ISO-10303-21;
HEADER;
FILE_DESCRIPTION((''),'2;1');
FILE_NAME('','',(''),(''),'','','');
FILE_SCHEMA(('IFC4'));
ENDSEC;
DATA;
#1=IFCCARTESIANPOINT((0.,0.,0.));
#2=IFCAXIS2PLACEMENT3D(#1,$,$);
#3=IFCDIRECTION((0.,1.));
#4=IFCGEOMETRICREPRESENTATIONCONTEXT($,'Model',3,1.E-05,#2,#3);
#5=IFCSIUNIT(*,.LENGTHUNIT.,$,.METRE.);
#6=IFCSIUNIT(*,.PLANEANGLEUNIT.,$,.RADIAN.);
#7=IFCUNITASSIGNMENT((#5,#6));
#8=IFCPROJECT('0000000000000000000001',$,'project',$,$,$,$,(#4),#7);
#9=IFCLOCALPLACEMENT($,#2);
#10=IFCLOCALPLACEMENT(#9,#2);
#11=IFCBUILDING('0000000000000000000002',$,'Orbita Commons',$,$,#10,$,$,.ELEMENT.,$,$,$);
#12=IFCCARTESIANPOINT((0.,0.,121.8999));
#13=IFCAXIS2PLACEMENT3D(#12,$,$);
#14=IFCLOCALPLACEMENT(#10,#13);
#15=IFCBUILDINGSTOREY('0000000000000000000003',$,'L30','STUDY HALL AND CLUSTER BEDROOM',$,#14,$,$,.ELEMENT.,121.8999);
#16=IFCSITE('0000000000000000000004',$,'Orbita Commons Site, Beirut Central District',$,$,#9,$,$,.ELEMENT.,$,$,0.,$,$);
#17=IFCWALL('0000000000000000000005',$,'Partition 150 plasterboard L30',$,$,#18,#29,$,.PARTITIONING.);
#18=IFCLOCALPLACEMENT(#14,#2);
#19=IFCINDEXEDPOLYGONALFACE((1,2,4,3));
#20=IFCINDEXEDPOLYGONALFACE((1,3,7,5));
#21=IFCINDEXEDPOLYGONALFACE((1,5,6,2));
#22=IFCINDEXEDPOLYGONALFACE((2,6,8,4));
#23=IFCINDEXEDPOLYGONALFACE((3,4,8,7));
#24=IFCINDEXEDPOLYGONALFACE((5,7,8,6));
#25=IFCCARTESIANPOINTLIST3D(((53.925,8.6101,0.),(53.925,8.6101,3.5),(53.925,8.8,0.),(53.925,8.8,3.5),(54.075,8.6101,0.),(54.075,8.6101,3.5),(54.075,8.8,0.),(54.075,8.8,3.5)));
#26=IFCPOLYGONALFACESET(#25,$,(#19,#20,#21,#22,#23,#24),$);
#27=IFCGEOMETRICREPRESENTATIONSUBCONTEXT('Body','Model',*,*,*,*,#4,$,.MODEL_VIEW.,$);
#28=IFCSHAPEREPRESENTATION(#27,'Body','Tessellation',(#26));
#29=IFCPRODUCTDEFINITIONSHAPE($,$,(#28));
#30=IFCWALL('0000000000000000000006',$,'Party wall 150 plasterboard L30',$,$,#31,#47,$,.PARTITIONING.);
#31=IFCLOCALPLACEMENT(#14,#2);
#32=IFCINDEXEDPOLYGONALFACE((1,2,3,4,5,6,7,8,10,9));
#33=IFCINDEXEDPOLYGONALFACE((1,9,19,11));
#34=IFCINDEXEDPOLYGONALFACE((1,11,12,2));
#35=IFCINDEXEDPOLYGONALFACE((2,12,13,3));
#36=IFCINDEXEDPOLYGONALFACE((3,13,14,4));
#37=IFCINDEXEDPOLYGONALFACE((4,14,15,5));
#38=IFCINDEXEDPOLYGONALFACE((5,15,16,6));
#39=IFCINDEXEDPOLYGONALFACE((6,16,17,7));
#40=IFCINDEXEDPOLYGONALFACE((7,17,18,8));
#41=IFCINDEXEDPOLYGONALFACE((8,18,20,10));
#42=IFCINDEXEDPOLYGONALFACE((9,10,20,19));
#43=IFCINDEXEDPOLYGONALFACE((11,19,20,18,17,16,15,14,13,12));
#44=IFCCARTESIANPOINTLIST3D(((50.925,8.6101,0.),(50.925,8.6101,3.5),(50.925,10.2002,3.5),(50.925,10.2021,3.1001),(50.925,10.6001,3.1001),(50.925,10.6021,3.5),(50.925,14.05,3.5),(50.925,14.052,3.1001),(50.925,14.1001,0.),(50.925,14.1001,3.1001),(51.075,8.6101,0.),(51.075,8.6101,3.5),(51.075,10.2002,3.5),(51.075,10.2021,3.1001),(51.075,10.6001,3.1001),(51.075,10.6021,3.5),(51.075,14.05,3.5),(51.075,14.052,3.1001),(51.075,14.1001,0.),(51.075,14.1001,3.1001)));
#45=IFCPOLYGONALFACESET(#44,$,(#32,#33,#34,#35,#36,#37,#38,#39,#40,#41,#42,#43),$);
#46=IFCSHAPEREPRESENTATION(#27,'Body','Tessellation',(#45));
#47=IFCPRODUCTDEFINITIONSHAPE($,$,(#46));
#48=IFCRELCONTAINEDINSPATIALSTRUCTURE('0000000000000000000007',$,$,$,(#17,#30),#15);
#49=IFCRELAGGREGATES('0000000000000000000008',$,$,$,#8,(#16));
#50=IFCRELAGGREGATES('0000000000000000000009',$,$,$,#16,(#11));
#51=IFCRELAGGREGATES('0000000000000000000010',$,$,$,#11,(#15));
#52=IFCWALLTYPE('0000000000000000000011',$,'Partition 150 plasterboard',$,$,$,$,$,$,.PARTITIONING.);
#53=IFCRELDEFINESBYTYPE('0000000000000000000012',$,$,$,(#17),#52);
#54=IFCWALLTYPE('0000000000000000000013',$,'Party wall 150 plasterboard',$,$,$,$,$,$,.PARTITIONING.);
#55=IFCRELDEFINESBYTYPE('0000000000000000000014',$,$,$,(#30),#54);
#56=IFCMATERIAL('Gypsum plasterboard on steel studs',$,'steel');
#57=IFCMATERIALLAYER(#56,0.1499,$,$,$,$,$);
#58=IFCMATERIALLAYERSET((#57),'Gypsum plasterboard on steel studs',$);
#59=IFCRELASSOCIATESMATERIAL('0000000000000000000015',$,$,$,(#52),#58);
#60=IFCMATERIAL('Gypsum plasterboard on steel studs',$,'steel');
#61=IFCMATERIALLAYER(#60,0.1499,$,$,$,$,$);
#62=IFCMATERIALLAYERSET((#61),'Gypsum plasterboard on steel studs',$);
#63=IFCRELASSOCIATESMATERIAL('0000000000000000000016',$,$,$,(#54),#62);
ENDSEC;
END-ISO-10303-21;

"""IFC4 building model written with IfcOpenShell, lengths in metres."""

from ifc_helpers import new_model, si_unit, direction, frame, frame_2d, origin, place, context, subcontext, project, spatial, polyline, rectangle, outline, extrude, material, layer, layer_set, type_object, element, save


model = new_model("IFC4")

# Units and contexts
model_context = context("Model", 3, precision=1e-05, world=origin(), true_north=direction((0.0, 1.0)))
body_context = subcontext(model_context, "Body", "Model", "MODEL_VIEW")
ifc_project = project(units=[si_unit("LENGTHUNIT", "METRE"), si_unit("PLANEANGLEUNIT", "RADIAN")], contexts=[model_context])

# Site, building, storey
site_placement = place(None, origin())
site = spatial("IfcSite", under=ifc_project, at=site_placement, Name="Orbita Commons Site, Beirut Central District", CompositionType="ELEMENT", RefElevation=0.0)
building_placement = place(site_placement, origin())
building = spatial("IfcBuilding", under=site, at=building_placement, Name="Orbita Commons", CompositionType="ELEMENT")
storey_placement = place(building_placement, frame((0.0, 0.0, 121.8999)))
storey = spatial("IfcBuildingStorey", under=building, at=storey_placement, Name="L30", Description="STUDY HALL AND CLUSTER BEDROOM", CompositionType="ELEMENT", Elevation=121.8999)

# Walls
ifc_material_1 = material(Name="Gypsum plasterboard on steel studs", Category="steel")
ifc_layer_1 = layer(ifc_material_1, 0.1499)
ifc_layer_set_1 = layer_set([ifc_layer_1], Name="Gypsum plasterboard on steel studs")
wall_type_1 = type_object("IfcWallType", Name="Partition 150 plasterboard", PredefinedType="PARTITIONING", material=ifc_layer_set_1)
for number, where, z_axis, x_axis, name in (
    (1, (54.0, 8.8, 0.0), (0.0, 0.0, 1.0), (0.0, -1.0, 0.0), "Partition 150 plasterboard L30"),
):
    element("IfcWall", number, at=place(storey_placement, frame(where, z_axis=z_axis, x_axis=x_axis)), inside=storey, type_object=wall_type_1, Name=name, PredefinedType="PARTITIONING", context=body_context, shape_type="SweptSolid", body=[
        extrude(rectangle(XDim=0.1899, YDim=0.1499, at=frame_2d((0.095, 0.0))), origin(), (0.0, 0.0, 1.0), 3.5),
    ])
ifc_material_2 = material(Name="Gypsum plasterboard on steel studs", Category="steel")
ifc_layer_2 = layer(ifc_material_2, 0.1499)
ifc_layer_set_2 = layer_set([ifc_layer_2], Name="Gypsum plasterboard on steel studs")
wall_type_2 = type_object("IfcWallType", Name="Party wall 150 plasterboard", PredefinedType="PARTITIONING", material=ifc_layer_set_2)
wall_placement = place(storey_placement, frame((51.0, 8.6101, 0.0), z_axis=(0.0, 0.0, 1.0), x_axis=(0.0, 1.0, 0.0)))
element("IfcWall", 2, at=wall_placement, inside=storey, type_object=wall_type_2, Name="Party wall 150 plasterboard L30", PredefinedType="PARTITIONING", context=body_context, shape_type="SweptSolid", body=[
    extrude(outline(polyline([(0.0, 0.0), (5.49, 0.0), (5.49, 3.1001), (5.4419, 3.1001), (5.4399, 3.5), (1.9919, 3.5), (1.99, 3.1001), (1.592, 3.1001), (1.5901, 3.5), (0.0, 3.5), (0.0, 0.0)])), frame((0.0, 0.075, 0.0), z_axis=(0.0, -1.0, 0.0), x_axis=(1.0, 0.0, 0.0)), (0.0, 0.0, 1.0), 0.1499),
])

save(model, "model.ifc")
